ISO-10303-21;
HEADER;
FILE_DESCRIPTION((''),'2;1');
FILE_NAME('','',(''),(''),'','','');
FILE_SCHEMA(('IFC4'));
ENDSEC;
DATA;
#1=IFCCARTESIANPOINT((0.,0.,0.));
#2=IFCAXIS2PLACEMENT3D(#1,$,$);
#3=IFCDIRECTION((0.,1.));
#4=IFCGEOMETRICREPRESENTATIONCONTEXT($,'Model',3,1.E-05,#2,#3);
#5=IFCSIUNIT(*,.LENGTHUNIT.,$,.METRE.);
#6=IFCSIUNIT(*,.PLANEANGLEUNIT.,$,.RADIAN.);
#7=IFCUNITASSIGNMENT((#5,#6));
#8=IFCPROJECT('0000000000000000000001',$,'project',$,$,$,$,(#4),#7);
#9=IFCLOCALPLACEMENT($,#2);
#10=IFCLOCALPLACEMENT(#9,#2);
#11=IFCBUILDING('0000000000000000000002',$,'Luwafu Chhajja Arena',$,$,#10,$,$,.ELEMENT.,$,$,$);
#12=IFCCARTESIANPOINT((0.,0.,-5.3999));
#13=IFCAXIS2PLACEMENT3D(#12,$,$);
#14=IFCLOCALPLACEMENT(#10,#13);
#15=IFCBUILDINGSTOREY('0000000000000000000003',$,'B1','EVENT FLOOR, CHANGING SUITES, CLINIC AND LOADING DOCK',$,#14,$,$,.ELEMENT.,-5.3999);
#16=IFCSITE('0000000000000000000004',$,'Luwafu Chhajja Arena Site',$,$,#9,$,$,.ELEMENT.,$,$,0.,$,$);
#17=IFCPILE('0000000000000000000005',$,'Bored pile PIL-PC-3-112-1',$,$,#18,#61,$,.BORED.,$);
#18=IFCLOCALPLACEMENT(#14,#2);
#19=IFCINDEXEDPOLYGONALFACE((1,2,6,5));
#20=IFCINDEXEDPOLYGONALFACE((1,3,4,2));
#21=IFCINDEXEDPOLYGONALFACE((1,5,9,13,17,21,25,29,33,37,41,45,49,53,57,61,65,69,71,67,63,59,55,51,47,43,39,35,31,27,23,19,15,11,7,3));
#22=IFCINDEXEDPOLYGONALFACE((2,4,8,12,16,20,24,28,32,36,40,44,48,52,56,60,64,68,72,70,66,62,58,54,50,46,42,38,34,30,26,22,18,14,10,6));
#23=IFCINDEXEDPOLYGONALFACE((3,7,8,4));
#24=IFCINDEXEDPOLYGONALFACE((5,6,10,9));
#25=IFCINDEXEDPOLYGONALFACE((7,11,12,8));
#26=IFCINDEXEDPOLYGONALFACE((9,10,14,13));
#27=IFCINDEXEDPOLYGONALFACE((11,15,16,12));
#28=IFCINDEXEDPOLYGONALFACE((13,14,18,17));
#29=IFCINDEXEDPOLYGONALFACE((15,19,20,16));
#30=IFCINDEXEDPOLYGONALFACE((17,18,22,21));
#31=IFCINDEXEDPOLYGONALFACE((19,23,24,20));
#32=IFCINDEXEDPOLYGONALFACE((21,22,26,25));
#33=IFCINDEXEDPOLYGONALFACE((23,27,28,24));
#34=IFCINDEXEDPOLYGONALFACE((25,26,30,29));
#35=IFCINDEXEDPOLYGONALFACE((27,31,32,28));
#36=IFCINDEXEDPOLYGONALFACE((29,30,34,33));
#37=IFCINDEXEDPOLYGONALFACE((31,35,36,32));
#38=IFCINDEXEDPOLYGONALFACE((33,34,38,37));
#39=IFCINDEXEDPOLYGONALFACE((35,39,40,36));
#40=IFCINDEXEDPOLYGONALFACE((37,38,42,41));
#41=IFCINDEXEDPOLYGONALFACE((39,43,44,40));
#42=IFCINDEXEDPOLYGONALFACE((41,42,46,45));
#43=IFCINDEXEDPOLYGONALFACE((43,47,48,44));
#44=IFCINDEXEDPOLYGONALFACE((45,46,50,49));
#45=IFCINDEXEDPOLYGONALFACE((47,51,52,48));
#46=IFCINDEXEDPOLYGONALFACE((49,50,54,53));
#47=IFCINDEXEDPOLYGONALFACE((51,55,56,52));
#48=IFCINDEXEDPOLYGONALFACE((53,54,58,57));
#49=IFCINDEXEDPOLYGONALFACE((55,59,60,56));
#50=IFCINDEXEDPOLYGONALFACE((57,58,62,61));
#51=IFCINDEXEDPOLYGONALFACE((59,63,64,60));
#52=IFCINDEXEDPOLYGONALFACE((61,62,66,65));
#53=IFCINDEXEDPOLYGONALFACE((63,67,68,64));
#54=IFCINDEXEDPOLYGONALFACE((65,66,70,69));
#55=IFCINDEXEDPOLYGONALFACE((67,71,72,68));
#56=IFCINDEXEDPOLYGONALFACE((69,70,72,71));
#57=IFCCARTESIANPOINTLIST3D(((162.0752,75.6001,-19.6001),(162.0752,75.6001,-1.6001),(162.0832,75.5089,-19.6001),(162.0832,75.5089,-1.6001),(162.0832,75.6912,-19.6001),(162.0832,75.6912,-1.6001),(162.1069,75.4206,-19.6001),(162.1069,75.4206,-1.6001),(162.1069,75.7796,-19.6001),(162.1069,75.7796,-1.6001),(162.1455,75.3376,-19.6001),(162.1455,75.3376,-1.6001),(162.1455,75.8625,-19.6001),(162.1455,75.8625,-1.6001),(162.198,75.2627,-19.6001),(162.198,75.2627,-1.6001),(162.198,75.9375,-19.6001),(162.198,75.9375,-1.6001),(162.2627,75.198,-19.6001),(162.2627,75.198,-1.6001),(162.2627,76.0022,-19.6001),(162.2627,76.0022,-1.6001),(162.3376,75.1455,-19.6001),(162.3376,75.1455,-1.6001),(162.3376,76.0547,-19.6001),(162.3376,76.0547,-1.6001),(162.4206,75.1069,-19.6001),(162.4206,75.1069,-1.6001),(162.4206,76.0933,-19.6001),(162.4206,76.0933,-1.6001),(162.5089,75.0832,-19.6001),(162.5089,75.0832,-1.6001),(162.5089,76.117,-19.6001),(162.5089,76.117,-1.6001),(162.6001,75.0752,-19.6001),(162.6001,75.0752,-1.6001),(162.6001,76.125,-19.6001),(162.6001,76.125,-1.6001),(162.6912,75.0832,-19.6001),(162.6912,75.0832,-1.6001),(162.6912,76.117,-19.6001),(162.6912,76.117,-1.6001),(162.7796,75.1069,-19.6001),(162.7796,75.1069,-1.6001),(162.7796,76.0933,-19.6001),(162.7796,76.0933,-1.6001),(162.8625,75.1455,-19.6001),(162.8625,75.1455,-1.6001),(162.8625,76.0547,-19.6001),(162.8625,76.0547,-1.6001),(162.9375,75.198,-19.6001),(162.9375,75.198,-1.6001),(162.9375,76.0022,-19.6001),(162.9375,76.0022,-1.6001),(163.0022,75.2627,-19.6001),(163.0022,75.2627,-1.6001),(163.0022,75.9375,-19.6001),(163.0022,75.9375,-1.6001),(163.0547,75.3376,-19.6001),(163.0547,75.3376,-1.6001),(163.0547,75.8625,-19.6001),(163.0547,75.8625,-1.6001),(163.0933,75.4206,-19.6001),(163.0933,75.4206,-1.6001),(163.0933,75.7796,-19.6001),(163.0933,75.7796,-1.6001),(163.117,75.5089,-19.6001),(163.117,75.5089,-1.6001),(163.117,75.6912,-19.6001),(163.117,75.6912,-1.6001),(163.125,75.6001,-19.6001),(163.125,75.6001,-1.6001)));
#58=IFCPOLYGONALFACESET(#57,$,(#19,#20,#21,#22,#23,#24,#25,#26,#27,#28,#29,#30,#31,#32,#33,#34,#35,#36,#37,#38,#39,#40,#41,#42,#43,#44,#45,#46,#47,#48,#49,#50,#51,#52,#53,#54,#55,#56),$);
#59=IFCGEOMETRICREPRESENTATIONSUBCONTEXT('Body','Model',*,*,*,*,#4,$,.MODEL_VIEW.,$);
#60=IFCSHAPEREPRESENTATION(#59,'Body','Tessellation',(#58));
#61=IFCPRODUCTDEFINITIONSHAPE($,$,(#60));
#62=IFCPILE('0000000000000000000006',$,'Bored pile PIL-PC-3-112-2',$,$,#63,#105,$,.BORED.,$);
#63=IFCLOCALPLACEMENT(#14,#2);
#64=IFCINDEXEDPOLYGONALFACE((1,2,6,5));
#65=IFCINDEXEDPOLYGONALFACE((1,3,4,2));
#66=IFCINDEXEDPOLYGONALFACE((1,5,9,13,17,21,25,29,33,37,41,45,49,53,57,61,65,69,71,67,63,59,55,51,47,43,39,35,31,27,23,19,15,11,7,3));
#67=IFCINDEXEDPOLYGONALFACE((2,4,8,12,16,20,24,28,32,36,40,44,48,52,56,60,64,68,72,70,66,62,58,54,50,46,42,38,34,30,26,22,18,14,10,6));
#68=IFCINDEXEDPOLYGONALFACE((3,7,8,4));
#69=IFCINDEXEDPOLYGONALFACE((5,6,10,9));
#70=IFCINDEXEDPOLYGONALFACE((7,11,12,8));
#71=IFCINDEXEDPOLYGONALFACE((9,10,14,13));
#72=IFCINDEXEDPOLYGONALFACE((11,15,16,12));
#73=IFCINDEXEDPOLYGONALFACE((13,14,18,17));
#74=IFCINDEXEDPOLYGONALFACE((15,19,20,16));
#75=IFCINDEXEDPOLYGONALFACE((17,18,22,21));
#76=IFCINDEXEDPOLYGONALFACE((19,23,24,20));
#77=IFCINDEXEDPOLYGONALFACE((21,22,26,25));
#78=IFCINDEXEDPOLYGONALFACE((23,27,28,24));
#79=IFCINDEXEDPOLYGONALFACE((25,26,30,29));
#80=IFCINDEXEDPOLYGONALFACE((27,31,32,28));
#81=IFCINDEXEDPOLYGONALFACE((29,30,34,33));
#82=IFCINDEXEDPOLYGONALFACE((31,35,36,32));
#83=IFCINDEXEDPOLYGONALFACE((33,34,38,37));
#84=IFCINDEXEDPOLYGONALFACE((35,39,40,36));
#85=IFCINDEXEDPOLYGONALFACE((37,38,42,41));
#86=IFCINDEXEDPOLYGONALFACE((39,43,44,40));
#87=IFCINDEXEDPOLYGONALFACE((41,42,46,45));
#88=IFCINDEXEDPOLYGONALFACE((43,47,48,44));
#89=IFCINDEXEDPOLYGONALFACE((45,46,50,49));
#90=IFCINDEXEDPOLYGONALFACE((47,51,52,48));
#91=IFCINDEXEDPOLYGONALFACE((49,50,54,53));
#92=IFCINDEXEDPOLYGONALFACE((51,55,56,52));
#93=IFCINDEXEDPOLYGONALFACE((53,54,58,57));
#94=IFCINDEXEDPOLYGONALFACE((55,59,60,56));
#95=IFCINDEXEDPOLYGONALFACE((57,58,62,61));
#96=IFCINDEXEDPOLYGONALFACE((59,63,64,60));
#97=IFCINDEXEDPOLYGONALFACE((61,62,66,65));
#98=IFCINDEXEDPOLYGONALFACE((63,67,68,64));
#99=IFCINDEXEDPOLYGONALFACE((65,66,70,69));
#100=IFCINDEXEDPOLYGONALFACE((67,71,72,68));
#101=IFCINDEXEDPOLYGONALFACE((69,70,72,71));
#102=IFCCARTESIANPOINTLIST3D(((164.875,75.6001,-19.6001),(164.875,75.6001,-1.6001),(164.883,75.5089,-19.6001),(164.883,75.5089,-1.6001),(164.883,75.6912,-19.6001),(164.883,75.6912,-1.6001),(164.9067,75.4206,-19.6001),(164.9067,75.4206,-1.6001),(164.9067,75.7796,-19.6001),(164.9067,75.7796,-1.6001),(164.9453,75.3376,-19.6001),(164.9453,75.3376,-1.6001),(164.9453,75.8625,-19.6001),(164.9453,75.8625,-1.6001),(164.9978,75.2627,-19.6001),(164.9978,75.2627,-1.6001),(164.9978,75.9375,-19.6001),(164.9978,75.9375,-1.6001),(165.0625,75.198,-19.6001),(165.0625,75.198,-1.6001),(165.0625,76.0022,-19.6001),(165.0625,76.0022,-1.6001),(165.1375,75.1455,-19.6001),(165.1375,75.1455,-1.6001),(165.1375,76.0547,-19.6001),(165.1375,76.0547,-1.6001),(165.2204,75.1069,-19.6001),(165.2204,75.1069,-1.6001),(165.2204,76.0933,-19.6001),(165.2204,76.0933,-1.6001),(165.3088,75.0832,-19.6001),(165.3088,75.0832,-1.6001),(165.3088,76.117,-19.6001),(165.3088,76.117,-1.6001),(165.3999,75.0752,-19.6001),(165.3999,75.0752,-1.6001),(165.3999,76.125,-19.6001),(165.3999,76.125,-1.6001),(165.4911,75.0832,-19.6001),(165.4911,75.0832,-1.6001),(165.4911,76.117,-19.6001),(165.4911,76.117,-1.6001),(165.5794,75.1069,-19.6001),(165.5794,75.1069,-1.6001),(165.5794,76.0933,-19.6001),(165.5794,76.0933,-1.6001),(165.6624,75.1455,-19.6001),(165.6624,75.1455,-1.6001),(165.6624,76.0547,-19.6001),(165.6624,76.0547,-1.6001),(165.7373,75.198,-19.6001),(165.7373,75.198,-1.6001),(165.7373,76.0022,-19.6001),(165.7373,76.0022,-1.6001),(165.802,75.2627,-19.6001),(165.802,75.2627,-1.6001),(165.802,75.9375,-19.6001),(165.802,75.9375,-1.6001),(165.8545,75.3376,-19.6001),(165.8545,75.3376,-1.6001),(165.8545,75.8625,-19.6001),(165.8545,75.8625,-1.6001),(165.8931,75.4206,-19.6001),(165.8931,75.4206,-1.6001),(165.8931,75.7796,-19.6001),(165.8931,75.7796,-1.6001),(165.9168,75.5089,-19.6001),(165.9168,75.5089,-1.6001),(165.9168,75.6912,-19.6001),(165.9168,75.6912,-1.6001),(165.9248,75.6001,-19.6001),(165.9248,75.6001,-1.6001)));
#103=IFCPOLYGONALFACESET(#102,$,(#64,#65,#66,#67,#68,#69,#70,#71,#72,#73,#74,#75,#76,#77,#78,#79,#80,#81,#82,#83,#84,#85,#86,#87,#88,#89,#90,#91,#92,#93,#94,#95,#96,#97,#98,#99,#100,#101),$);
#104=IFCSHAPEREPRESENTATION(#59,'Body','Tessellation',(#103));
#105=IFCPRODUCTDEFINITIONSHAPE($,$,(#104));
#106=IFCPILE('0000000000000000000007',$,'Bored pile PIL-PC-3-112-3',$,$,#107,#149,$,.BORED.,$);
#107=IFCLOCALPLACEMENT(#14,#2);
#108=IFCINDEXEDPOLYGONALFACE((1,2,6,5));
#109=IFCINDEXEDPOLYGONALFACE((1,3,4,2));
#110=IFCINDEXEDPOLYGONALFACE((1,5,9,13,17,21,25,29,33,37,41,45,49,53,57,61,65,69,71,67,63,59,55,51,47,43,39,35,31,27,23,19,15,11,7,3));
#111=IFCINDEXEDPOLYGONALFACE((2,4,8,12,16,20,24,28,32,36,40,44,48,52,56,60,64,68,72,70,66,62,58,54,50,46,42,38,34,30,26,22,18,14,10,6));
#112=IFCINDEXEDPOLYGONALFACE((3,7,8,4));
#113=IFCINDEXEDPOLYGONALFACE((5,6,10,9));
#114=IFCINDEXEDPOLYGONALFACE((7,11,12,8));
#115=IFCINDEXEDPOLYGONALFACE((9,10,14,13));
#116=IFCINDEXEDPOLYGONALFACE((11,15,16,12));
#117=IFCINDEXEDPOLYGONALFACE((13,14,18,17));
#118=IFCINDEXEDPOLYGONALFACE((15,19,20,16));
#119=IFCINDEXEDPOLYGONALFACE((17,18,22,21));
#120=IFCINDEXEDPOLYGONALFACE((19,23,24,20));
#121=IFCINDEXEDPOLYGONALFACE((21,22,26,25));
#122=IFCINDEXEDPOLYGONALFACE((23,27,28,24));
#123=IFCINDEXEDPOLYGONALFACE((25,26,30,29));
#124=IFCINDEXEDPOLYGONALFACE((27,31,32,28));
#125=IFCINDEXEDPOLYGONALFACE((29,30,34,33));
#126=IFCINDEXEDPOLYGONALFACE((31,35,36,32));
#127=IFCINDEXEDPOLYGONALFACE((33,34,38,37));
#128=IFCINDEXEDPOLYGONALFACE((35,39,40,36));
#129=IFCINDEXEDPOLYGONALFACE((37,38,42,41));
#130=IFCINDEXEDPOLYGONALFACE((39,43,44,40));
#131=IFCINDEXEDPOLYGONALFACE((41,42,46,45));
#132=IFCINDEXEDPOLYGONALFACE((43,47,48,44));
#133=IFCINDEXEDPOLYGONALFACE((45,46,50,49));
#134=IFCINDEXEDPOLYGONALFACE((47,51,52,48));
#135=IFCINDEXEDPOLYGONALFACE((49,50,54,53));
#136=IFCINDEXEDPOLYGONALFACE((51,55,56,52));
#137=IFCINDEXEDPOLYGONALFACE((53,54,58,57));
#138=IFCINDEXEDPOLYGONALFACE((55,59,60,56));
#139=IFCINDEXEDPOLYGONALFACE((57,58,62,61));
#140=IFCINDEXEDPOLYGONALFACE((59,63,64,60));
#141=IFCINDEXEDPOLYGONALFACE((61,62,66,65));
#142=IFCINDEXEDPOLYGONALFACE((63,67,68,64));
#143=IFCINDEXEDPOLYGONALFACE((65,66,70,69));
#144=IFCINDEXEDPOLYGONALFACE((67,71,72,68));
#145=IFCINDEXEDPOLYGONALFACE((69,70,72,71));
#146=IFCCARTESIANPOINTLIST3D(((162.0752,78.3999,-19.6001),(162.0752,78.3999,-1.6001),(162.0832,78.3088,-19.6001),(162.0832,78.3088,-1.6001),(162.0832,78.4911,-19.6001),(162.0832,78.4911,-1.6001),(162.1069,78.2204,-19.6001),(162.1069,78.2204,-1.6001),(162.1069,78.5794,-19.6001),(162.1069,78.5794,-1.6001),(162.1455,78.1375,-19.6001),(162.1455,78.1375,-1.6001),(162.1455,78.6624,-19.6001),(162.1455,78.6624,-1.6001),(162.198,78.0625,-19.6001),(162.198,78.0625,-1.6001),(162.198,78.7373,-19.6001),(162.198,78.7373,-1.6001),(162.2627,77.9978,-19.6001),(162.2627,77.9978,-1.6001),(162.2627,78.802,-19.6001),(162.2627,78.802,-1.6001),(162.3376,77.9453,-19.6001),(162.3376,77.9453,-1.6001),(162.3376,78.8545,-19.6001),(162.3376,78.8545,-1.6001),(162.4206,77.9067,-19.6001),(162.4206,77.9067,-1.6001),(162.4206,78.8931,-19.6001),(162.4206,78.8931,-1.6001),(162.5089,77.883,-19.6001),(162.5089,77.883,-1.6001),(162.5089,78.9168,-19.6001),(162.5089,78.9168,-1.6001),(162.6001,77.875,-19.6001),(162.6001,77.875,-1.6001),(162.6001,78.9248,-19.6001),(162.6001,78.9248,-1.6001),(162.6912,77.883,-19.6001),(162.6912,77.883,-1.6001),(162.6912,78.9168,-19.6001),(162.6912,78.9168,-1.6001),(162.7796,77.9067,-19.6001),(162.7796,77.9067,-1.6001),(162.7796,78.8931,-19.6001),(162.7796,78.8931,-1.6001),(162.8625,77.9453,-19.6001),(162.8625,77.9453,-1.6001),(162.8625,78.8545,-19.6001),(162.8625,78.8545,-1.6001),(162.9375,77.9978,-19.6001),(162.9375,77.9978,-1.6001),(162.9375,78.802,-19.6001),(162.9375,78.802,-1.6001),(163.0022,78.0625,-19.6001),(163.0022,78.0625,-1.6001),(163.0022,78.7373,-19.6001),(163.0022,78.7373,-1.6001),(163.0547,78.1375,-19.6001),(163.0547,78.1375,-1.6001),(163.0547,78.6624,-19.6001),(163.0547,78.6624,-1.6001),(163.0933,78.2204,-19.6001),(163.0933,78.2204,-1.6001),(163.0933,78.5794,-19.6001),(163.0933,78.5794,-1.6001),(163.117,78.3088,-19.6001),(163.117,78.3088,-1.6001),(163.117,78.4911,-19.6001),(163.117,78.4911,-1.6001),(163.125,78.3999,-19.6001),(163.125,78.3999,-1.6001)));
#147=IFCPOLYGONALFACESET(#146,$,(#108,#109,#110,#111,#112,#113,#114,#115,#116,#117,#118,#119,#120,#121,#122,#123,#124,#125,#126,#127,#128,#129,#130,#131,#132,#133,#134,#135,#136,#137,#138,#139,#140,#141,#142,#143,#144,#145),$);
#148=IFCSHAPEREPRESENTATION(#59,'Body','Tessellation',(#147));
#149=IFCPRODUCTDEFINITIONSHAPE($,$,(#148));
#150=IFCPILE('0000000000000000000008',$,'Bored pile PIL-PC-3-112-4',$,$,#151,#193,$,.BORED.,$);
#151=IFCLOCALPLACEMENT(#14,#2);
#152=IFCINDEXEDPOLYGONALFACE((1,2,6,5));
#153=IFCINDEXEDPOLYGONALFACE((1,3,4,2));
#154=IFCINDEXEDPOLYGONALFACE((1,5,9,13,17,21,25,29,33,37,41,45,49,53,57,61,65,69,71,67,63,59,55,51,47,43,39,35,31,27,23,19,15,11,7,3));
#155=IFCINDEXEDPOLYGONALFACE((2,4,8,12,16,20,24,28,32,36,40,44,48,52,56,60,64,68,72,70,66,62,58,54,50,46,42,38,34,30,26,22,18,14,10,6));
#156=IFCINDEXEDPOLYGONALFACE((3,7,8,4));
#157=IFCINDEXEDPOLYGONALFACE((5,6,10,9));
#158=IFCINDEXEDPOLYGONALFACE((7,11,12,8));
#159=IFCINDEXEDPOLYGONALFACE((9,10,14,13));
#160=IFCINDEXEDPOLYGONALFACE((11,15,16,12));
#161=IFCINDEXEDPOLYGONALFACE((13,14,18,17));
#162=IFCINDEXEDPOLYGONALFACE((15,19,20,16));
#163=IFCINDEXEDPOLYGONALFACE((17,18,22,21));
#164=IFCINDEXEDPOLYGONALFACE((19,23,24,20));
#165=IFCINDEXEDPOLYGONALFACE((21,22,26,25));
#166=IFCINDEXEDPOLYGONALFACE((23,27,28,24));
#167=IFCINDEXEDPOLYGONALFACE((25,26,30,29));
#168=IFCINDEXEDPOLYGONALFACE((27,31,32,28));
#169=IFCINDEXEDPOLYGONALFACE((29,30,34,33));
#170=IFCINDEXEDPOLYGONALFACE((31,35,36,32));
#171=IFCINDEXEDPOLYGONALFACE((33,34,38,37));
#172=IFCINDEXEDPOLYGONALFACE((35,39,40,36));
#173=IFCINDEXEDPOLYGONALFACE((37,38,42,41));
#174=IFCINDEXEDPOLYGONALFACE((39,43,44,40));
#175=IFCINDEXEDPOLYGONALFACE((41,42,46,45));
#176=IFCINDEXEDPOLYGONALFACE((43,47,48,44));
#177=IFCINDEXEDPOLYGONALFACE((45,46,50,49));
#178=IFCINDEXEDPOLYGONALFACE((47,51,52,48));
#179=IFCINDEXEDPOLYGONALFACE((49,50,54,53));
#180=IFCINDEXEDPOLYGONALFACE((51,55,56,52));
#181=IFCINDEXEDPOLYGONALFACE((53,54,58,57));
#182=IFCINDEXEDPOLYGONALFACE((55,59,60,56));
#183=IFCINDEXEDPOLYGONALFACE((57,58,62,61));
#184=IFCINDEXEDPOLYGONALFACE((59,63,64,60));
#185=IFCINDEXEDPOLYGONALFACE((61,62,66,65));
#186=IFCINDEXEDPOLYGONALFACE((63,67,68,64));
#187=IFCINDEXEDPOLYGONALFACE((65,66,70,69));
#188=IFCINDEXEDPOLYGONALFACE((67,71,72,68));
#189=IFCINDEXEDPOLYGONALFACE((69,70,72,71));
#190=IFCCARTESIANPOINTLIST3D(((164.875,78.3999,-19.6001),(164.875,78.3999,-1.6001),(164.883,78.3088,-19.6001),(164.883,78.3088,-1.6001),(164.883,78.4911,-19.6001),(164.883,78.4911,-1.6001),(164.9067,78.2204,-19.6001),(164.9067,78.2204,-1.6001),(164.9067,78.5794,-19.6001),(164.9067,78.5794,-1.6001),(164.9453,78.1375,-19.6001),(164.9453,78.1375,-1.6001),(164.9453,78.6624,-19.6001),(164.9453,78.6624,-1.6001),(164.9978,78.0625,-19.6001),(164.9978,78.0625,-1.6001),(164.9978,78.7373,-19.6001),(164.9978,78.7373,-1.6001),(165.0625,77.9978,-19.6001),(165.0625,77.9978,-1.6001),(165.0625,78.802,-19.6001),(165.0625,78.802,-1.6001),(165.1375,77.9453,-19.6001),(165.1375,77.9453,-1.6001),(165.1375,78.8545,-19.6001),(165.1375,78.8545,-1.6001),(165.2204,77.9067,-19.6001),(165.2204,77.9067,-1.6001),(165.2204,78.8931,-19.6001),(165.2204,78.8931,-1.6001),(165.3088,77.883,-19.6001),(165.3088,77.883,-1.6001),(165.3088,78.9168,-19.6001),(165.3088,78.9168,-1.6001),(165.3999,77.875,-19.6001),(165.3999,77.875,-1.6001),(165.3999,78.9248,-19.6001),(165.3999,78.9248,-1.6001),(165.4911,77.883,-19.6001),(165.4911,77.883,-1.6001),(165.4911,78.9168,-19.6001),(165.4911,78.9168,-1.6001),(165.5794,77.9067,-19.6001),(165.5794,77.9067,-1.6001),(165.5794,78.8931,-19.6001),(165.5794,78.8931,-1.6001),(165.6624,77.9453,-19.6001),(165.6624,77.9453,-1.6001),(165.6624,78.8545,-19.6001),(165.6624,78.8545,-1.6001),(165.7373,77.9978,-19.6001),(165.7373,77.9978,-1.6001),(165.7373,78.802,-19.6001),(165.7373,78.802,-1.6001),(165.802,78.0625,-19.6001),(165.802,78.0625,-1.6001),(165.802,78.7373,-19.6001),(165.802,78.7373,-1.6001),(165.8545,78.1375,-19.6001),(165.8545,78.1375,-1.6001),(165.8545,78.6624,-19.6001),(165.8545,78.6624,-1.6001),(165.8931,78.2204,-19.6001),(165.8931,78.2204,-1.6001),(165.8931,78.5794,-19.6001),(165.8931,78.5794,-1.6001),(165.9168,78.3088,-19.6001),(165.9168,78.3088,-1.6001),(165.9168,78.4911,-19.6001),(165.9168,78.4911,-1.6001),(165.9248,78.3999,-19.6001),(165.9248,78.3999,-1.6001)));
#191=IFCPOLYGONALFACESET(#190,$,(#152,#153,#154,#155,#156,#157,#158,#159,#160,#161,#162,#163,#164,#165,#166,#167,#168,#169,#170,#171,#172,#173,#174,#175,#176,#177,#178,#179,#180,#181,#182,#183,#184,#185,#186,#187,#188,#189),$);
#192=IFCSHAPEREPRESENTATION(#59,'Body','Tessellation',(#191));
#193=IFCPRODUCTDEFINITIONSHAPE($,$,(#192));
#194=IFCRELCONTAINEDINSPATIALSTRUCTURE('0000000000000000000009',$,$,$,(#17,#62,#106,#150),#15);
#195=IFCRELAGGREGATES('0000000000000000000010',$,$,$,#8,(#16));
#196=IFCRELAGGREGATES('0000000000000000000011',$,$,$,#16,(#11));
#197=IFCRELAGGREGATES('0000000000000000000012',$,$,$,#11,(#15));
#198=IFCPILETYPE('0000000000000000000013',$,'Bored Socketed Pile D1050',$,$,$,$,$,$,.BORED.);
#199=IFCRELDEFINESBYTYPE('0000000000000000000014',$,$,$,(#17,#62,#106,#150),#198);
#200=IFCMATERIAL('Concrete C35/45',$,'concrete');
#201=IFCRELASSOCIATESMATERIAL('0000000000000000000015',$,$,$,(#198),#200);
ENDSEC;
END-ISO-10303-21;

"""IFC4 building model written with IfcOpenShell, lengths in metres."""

from ifc_helpers import new_model, si_unit, direction, frame, origin, origin_2d, place, context, subcontext, project, spatial, circle, extrude, material, material_profile, profile_set, type_object, element, save


model = new_model("IFC4")

# Units and contexts
model_context = context("Model", 3, precision=1e-05, world=origin(), true_north=direction((0.0, 1.0)))
body_context = subcontext(model_context, "Body", "Model", "MODEL_VIEW")
ifc_project = project(units=[si_unit("LENGTHUNIT", "METRE"), si_unit("PLANEANGLEUNIT", "RADIAN")], contexts=[model_context])

# Site, building, storey
site_placement = place(None, origin())
site = spatial("IfcSite", under=ifc_project, at=site_placement, Name="Luwafu Chhajja Arena Site", CompositionType="ELEMENT", RefElevation=0.0)
building_placement = place(site_placement, origin())
building = spatial("IfcBuilding", under=site, at=building_placement, Name="Luwafu Chhajja Arena", CompositionType="ELEMENT")
storey_placement = place(building_placement, frame((0.0, 0.0, -5.3999)))
storey = spatial("IfcBuildingStorey", under=building, at=storey_placement, Name="B1", Description="EVENT FLOOR, CHANGING SUITES, CLINIC AND LOADING DOCK", CompositionType="ELEMENT", Elevation=-5.3999)

# Piles
ifc_material_1 = material(Name="Concrete C35/45", Category="concrete")
ifc_material_profile_1 = material_profile(ifc_material_1, circle(Radius=0.5249, at=origin_2d()), Name="PILE D1050")
ifc_profile_set_1 = profile_set([ifc_material_profile_1], Name="Concrete C35/45")
pile_type_1 = type_object("IfcPileType", Name="Bored Socketed Pile D1050", PredefinedType="BORED", material=ifc_profile_set_1)
for number, where, z_axis, x_axis, name in (
    (1, (162.6001, 75.6001, -1.6001), (0.0, 0.0, -1.0), (1.0, 0.0, 0.0), "Bored pile PIL-PC-3-112-1"),
    (2, (165.3999, 75.6001, -1.6001), (0.0, 0.0, -1.0), (1.0, 0.0, 0.0), "Bored pile PIL-PC-3-112-2"),
    (3, (162.6001, 78.3999, -1.6001), (0.0, 0.0, -1.0), (1.0, 0.0, 0.0), "Bored pile PIL-PC-3-112-3"),
    (4, (165.3999, 78.3999, -1.6001), (0.0, 0.0, -1.0), (1.0, 0.0, 0.0), "Bored pile PIL-PC-3-112-4"),
):
    element("IfcPile", number, at=place(storey_placement, frame(where, z_axis=z_axis, x_axis=x_axis)), inside=storey, type_object=pile_type_1, Name=name, PredefinedType="BORED", context=body_context, shape_type="SweptSolid", body=[
        extrude(circle(Radius=0.5249, at=origin_2d()), origin(), (0.0, 0.0, 1.0), 18.0),
    ])

save(model, "model.ifc")
